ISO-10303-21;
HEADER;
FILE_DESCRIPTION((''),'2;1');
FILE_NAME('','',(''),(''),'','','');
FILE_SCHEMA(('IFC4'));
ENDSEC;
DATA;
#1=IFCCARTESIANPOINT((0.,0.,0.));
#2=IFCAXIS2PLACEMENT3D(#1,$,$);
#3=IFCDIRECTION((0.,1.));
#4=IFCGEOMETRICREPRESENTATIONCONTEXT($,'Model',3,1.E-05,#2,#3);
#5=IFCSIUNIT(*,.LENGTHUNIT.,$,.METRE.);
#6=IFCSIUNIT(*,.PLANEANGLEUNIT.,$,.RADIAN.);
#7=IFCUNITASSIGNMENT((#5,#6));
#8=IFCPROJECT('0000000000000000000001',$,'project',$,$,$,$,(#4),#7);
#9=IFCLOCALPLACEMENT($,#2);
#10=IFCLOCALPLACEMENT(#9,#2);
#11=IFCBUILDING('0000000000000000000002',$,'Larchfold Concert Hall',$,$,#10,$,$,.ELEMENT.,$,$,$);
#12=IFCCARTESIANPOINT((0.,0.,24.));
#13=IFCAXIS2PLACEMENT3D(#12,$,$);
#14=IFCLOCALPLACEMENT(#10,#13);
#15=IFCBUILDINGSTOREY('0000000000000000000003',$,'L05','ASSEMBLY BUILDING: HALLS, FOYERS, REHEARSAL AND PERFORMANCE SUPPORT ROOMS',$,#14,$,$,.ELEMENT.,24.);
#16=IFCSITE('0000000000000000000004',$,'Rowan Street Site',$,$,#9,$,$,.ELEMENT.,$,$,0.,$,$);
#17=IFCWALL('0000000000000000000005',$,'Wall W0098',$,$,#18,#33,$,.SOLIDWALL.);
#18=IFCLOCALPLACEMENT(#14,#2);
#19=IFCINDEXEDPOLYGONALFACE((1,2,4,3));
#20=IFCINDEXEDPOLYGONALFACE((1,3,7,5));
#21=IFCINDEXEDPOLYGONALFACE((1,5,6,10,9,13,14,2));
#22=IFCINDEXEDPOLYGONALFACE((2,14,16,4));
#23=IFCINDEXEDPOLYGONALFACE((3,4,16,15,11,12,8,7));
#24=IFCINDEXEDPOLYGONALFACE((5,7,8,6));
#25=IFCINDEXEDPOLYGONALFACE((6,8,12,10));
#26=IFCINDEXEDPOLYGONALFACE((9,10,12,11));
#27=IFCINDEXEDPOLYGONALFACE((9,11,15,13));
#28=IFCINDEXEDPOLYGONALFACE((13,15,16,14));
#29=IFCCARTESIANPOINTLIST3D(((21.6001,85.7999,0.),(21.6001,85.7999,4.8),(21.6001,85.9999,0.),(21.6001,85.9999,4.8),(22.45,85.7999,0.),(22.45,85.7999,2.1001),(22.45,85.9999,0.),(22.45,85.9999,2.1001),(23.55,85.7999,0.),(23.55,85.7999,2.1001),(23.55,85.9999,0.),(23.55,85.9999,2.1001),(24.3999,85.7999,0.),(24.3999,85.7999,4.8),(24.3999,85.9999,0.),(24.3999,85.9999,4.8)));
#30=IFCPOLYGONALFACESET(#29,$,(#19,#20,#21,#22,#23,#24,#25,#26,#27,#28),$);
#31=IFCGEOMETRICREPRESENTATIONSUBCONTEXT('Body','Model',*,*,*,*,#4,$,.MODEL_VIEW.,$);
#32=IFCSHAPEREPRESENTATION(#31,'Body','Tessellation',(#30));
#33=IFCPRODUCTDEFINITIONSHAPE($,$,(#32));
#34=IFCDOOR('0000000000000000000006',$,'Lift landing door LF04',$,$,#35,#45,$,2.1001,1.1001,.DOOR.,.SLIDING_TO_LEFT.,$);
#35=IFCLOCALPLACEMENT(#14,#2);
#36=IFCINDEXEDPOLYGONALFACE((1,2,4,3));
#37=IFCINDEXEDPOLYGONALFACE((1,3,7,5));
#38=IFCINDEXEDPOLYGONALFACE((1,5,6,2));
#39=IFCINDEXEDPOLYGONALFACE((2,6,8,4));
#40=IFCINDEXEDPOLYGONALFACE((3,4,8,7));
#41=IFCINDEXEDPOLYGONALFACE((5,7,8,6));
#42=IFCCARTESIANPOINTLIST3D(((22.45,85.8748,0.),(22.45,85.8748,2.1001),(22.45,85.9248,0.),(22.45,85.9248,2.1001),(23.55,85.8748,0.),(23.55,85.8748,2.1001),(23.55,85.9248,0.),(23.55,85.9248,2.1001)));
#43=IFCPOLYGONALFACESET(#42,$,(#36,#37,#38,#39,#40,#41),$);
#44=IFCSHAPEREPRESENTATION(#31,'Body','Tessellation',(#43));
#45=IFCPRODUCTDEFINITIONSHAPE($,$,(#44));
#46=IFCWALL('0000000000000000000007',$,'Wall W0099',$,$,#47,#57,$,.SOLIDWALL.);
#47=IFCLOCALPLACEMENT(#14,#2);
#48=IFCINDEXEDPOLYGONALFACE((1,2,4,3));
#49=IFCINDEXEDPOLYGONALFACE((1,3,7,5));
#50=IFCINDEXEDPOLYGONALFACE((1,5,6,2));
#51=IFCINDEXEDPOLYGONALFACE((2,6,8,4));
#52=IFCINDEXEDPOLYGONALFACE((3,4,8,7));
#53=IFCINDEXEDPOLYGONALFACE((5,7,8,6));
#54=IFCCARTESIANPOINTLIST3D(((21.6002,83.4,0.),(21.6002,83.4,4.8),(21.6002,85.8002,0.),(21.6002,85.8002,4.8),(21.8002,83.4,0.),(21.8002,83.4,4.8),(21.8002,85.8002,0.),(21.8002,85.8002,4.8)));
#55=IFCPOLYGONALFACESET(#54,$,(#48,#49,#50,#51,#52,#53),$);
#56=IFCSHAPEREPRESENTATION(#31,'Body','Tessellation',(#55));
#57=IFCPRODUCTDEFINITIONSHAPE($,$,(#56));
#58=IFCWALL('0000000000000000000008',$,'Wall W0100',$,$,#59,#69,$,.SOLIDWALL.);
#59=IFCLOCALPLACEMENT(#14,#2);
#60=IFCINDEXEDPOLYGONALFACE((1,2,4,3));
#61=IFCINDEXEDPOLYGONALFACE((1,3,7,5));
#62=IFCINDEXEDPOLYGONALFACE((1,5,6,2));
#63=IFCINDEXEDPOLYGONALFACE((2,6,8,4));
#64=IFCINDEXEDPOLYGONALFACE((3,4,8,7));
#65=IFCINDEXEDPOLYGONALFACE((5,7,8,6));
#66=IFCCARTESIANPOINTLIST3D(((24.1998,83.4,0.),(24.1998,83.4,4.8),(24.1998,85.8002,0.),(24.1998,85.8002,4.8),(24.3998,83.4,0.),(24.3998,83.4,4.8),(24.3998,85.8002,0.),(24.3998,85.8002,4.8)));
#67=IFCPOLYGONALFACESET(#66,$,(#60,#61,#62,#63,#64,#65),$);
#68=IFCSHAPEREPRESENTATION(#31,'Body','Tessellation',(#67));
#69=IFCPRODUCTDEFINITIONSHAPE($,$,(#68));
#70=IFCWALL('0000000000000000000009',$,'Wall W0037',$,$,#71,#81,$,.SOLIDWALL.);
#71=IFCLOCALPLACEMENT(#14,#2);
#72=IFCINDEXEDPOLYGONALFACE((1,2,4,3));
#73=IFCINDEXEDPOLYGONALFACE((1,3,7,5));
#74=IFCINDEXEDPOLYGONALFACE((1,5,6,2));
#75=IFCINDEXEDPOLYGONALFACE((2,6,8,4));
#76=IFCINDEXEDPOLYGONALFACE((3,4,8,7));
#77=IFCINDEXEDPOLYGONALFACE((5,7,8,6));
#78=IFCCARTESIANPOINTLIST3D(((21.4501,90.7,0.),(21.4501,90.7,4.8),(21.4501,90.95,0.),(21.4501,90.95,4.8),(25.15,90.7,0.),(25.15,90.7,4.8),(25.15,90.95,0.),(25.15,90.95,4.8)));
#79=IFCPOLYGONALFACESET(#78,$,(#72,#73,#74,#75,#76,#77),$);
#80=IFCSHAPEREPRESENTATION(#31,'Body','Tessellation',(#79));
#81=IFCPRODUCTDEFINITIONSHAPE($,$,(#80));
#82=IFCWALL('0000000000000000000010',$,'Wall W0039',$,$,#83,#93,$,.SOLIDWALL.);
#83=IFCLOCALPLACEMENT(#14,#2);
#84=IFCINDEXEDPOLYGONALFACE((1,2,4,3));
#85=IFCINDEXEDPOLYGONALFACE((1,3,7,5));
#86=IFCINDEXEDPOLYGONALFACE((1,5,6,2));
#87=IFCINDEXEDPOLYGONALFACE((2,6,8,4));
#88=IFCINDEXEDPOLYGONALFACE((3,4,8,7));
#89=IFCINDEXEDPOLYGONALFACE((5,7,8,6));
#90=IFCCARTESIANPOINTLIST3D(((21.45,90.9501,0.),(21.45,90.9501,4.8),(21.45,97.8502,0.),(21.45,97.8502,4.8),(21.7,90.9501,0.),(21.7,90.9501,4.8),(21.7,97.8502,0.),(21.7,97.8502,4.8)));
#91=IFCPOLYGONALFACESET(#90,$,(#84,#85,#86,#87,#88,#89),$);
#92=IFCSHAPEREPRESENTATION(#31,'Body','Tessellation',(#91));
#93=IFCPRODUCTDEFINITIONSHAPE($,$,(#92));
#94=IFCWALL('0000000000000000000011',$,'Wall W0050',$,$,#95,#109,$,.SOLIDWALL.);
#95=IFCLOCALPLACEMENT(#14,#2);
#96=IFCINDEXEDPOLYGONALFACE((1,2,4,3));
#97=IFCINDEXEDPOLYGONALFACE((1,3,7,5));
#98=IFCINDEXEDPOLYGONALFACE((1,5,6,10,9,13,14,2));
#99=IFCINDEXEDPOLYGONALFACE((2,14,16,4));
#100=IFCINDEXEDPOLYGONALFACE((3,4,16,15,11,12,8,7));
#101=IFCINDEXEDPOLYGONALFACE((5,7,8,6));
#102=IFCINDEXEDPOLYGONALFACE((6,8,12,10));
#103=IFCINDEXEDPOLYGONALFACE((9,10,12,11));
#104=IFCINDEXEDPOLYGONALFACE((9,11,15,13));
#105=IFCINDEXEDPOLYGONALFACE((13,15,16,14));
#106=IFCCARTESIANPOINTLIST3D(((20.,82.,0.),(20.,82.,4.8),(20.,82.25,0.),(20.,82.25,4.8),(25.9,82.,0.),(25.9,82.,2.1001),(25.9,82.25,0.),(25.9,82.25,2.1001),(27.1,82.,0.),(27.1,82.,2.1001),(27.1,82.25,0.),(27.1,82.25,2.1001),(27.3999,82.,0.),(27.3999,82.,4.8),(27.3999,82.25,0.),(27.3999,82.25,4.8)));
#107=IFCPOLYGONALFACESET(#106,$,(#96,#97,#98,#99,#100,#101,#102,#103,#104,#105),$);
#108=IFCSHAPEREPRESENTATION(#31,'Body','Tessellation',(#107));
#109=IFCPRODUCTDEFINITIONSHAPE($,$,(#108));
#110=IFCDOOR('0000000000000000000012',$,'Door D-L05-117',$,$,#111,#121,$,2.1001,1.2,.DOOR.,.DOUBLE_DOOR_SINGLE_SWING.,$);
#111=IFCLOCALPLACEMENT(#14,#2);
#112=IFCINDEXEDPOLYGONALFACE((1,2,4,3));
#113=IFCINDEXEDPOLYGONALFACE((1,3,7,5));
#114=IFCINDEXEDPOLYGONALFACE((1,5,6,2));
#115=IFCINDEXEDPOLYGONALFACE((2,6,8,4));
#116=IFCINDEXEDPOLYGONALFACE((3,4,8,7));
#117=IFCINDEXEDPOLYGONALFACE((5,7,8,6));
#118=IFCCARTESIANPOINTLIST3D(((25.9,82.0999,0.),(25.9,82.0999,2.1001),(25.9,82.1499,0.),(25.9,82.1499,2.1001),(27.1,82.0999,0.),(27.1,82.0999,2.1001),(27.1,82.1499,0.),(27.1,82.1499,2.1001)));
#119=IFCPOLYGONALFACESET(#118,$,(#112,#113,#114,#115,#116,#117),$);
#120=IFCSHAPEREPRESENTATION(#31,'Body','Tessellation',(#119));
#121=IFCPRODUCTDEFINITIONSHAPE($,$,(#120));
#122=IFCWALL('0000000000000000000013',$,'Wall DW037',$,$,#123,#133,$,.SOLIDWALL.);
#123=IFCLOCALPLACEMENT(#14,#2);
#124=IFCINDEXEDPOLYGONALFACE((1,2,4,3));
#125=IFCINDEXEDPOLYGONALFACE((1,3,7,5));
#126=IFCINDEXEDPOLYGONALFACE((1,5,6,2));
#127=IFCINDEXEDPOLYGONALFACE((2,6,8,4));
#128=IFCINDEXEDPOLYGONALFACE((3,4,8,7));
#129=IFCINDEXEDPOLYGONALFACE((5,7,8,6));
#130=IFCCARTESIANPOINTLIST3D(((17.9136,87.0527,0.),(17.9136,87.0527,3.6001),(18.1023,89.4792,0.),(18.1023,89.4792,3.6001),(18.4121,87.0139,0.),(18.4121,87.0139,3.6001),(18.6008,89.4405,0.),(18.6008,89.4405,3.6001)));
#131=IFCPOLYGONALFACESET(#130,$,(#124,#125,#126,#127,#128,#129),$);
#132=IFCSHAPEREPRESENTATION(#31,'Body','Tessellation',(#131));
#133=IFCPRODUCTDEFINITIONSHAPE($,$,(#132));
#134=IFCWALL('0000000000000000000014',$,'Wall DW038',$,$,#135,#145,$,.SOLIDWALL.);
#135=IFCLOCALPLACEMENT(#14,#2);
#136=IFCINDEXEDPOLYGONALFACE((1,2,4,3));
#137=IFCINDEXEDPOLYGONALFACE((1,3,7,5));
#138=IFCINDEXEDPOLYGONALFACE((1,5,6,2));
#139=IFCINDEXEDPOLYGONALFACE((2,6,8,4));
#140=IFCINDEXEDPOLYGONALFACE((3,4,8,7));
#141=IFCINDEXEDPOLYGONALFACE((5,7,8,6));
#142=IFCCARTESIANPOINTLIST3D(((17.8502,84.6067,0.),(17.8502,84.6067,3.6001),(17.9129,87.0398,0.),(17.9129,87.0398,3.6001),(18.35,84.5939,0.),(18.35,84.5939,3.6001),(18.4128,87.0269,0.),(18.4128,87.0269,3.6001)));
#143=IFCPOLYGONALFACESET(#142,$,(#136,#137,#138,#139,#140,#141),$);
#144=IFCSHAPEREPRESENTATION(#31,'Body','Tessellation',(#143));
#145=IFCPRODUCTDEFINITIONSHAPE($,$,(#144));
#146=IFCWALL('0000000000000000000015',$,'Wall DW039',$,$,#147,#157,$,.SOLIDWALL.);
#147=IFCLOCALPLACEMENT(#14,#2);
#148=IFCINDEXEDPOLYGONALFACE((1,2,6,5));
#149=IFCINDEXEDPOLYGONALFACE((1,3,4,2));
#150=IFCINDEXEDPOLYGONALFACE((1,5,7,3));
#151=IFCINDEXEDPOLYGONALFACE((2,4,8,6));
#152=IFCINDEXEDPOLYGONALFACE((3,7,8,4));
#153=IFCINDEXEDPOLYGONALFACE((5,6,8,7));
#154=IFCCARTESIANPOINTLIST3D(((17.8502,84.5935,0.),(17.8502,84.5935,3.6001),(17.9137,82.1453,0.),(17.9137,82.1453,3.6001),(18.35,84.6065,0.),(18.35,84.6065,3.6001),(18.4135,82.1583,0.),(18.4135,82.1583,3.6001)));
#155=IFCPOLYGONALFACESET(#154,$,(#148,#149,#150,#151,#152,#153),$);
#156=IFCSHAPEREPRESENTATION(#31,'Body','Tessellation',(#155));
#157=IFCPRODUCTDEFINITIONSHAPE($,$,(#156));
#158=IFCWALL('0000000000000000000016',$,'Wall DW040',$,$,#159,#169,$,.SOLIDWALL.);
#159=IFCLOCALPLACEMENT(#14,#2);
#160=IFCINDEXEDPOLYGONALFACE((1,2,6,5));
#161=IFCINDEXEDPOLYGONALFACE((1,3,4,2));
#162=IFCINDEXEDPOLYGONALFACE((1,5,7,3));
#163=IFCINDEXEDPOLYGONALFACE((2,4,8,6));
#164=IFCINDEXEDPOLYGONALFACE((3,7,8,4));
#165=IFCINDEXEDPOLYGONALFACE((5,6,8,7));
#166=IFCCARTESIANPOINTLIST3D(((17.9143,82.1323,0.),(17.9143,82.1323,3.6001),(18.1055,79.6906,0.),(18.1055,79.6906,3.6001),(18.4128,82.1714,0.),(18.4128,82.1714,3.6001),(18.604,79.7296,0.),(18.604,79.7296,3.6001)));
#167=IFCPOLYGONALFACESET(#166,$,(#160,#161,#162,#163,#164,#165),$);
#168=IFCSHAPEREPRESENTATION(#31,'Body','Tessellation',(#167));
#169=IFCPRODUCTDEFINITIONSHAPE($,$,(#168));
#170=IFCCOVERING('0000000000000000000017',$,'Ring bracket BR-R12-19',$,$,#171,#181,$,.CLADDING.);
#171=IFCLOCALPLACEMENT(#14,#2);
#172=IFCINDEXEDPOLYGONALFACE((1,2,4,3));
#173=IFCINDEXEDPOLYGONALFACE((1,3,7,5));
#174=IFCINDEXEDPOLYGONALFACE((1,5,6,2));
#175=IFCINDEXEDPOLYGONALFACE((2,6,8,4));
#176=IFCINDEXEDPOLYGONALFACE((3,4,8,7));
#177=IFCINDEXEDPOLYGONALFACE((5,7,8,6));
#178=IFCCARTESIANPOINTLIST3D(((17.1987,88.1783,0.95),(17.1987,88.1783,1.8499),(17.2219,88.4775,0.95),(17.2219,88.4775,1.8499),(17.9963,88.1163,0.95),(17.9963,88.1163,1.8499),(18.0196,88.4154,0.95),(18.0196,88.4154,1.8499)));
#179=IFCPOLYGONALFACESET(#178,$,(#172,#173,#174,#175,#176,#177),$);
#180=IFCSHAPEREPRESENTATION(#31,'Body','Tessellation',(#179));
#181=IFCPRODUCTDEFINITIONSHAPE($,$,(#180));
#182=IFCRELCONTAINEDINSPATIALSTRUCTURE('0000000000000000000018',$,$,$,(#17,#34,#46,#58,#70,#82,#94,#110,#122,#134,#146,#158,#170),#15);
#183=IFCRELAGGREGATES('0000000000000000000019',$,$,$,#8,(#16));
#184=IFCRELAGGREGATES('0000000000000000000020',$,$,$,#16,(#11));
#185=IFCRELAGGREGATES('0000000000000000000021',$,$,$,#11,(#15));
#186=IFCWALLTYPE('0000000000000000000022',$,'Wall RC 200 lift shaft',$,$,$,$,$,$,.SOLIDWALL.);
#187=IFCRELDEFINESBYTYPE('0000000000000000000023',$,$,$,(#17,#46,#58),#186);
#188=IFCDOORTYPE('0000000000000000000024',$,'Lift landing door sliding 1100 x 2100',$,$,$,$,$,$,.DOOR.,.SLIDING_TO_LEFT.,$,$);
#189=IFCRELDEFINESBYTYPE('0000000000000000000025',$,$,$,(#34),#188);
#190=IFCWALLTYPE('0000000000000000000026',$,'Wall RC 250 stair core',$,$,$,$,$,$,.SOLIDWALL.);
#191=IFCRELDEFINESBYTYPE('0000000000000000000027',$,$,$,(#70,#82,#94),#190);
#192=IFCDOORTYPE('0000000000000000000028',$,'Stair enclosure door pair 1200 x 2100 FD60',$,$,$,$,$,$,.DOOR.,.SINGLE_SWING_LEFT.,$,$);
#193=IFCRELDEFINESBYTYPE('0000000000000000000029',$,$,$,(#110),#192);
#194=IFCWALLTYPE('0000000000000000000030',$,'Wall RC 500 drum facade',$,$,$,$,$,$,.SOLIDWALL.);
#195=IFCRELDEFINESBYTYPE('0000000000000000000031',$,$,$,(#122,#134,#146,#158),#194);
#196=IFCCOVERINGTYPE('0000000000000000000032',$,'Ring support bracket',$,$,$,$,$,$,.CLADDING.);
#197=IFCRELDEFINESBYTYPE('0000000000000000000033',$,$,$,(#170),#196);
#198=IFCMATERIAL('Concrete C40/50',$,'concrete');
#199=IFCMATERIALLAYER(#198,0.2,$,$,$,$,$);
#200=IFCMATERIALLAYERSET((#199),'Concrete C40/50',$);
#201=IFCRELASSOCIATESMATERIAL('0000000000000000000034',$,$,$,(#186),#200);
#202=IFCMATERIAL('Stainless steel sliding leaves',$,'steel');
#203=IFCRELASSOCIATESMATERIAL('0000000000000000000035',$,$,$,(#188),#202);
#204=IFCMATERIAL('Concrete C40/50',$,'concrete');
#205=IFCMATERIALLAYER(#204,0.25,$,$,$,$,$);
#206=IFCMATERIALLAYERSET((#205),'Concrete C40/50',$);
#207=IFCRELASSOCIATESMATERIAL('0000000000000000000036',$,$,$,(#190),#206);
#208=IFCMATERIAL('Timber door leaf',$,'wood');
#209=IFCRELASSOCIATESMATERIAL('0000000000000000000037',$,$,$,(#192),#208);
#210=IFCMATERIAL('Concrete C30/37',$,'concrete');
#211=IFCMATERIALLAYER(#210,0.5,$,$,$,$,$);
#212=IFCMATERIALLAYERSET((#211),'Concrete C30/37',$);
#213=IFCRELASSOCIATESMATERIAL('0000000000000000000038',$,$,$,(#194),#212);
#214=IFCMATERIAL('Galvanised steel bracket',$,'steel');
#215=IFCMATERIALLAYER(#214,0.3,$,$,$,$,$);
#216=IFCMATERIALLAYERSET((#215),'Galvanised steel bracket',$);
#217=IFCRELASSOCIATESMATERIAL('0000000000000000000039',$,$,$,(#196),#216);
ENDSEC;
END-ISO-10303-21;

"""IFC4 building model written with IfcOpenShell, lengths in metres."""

from ifc_helpers import new_model, si_unit, direction, frame, frame_2d, origin, origin_2d, place, context, subcontext, project, spatial, rectangle, extrude, material, layer, layer_set, type_object, element, fill, save


model = new_model("IFC4")

# Units and contexts
model_context = context("Model", 3, precision=1e-05, world=origin(), true_north=direction((0.0, 1.0)))
body_context = subcontext(model_context, "Body", "Model", "MODEL_VIEW")
ifc_project = project(units=[si_unit("LENGTHUNIT", "METRE"), si_unit("PLANEANGLEUNIT", "RADIAN")], contexts=[model_context])

# Site, building, storey
site_placement = place(None, origin())
site = spatial("IfcSite", under=ifc_project, at=site_placement, Name="Rowan Street Site", CompositionType="ELEMENT", RefElevation=0.0)
building_placement = place(site_placement, origin())
building = spatial("IfcBuilding", under=site, at=building_placement, Name="Larchfold Concert Hall", CompositionType="ELEMENT")
storey_placement = place(building_placement, frame((0.0, 0.0, 24.0)))
storey = spatial("IfcBuildingStorey", under=building, at=storey_placement, Name="L05", Description="ASSEMBLY BUILDING: HALLS, FOYERS, REHEARSAL AND PERFORMANCE SUPPORT ROOMS", CompositionType="ELEMENT", Elevation=24.0)

# Shared definitions
ifc_material_1 = material(Name="Concrete C40/50", Category="concrete")
ifc_layer_1 = layer(ifc_material_1, 0.2)
ifc_layer_set_1 = layer_set([ifc_layer_1], Name="Concrete C40/50")
wall_type_1 = type_object("IfcWallType", Name="Wall RC 200 lift shaft", PredefinedType="SOLIDWALL", material=ifc_layer_set_1)

# Wall, opening, door
wall_1_placement = place(storey_placement, frame((21.6001, 85.8999, 0.0), z_axis=(0.0, 0.0, 1.0), x_axis=(1.0, 0.0, 0.0)))
wall_1 = element("IfcWall", 1, at=wall_1_placement, inside=storey, type_object=wall_type_1, Name="Wall W0098", PredefinedType="SOLIDWALL", context=body_context, shape_type="SweptSolid", body=[
    extrude(rectangle(XDim=2.7998, YDim=0.2, at=frame_2d((1.3999, 0.0))), origin(), (0.0, 0.0, 1.0), 4.8),
])
opening_1_placement = place(wall_1_placement, frame((0.8499, 0.0, 0.0)))
opening_1 = element("IfcOpeningElement", 2, at=opening_1_placement, cuts=wall_1, PredefinedType="OPENING", context=body_context, shape_type="SweptSolid", body=[
    extrude(rectangle(XDim=1.1001, YDim=2.1001, at=frame_2d((0.55, 1.05))), frame((0.0, 0.1099, 0.0), z_axis=(0.0, -1.0, 0.0), x_axis=(1.0, 0.0, 0.0)), (0.0, 0.0, 1.0), 0.22),
])
ifc_material_2 = material(Name="Stainless steel sliding leaves", Category="steel")
door_type_1 = type_object("IfcDoorType", Name="Lift landing door sliding 1100 x 2100", OperationType="SLIDING_TO_LEFT", PredefinedType="DOOR", material=ifc_material_2)
door_1_placement = place(opening_1_placement, origin())
door_1 = element("IfcDoor", 3, at=door_1_placement, inside=storey, type_object=door_type_1, Name="Lift landing door LF04", OperationType="SLIDING_TO_LEFT", OverallHeight=2.1001, OverallWidth=1.1001, PredefinedType="DOOR", context=body_context, shape_type="SweptSolid", body=[
    extrude(rectangle(XDim=1.1001, YDim=2.1001, at=frame_2d((0.55, 1.05))), frame((0.0, 0.0249, 0.0), z_axis=(0.0, -1.0, 0.0), x_axis=(1.0, 0.0, 0.0)), (0.0, 0.0, 1.0), 0.05),
])
fill(opening_1, door_1)

# Walls
for number, where, z_axis, x_axis, name in (
    (4, (21.7002, 83.3999, 0.0), (0.0, 0.0, 1.0), (0.0, 1.0, 0.0), "Wall W0099"),
    (5, (24.2998, 83.3999, 0.0), (0.0, 0.0, 1.0), (0.0, 1.0, 0.0), "Wall W0100"),
):
    element("IfcWall", number, at=place(storey_placement, frame(where, z_axis=z_axis, x_axis=x_axis)), inside=storey, type_object=wall_type_1, Name=name, PredefinedType="SOLIDWALL", context=body_context, shape_type="SweptSolid", body=[
        extrude(rectangle(XDim=2.4001, YDim=0.2, at=frame_2d((1.2002, 0.0))), origin(), (0.0, 0.0, 1.0), 4.8),
    ])
ifc_material_3 = material(Name="Concrete C40/50", Category="concrete")
ifc_layer_2 = layer(ifc_material_3, 0.25)
ifc_layer_set_2 = layer_set([ifc_layer_2], Name="Concrete C40/50")
wall_type_2 = type_object("IfcWallType", Name="Wall RC 250 stair core", PredefinedType="SOLIDWALL", material=ifc_layer_set_2)
wall_2_placement = place(storey_placement, frame((21.45, 90.825, 0.0), z_axis=(0.0, 0.0, 1.0), x_axis=(1.0, 0.0, 0.0)))
element("IfcWall", 6, at=wall_2_placement, inside=storey, type_object=wall_type_2, Name="Wall W0037", PredefinedType="SOLIDWALL", context=body_context, shape_type="SweptSolid", body=[
    extrude(rectangle(XDim=3.7, YDim=0.25, at=frame_2d((1.8501, 0.0))), origin(), (0.0, 0.0, 1.0), 4.8),
])
wall_3_placement = place(storey_placement, frame((21.575, 90.95, 0.0), z_axis=(0.0, 0.0, 1.0), x_axis=(0.0, 1.0, 0.0)))
element("IfcWall", 7, at=wall_3_placement, inside=storey, type_object=wall_type_2, Name="Wall W0039", PredefinedType="SOLIDWALL", context=body_context, shape_type="SweptSolid", body=[
    extrude(rectangle(XDim=6.9001, YDim=0.25, at=frame_2d((3.4502, 0.0))), origin(), (0.0, 0.0, 1.0), 4.8),
])

# Wall, opening, door
wall_4_placement = place(storey_placement, frame((20.0, 82.125, 0.0), z_axis=(0.0, 0.0, 1.0), x_axis=(1.0, 0.0, 0.0)))
wall_4 = element("IfcWall", 8, at=wall_4_placement, inside=storey, type_object=wall_type_2, Name="Wall W0050", PredefinedType="SOLIDWALL", context=body_context, shape_type="SweptSolid", body=[
    extrude(rectangle(XDim=7.3999, YDim=0.25, at=frame_2d((3.7, 0.0))), origin(), (0.0, 0.0, 1.0), 4.8),
])
opening_2_placement = place(wall_4_placement, frame((5.8999, 0.0, 0.0)))
opening_2 = element("IfcOpeningElement", 9, at=opening_2_placement, cuts=wall_4, PredefinedType="OPENING", context=body_context, shape_type="SweptSolid", body=[
    extrude(rectangle(XDim=1.2, YDim=2.1001, at=frame_2d((0.6001, 1.05))), frame((0.0, 0.135, 0.0), z_axis=(0.0, -1.0, 0.0), x_axis=(1.0, 0.0, 0.0)), (0.0, 0.0, 1.0), 0.27),
])
ifc_material_4 = material(Name="Timber door leaf", Category="wood")
door_type_2 = type_object("IfcDoorType", Name="Stair enclosure door pair 1200 x 2100 FD60", OperationType="SINGLE_SWING_LEFT", PredefinedType="DOOR", material=ifc_material_4)
door_2_placement = place(opening_2_placement, origin())
door_2 = element("IfcDoor", 10, at=door_2_placement, inside=storey, type_object=door_type_2, Name="Door D-L05-117", OperationType="DOUBLE_DOOR_SINGLE_SWING", OverallHeight=2.1001, OverallWidth=1.2, PredefinedType="DOOR", context=body_context, shape_type="SweptSolid", body=[
    extrude(rectangle(XDim=1.2, YDim=2.1001, at=frame_2d((0.6001, 1.05))), frame((0.0, 0.0249, 0.0), z_axis=(0.0, -1.0, 0.0), x_axis=(1.0, 0.0, 0.0)), (0.0, 0.0, 1.0), 0.05),
])
fill(opening_2, door_2)

# Walls
ifc_material_5 = material(Name="Concrete C30/37", Category="concrete")
ifc_layer_3 = layer(ifc_material_5, 0.5)
ifc_layer_set_3 = layer_set([ifc_layer_3], Name="Concrete C30/37")
wall_type_3 = type_object("IfcWallType", Name="Wall RC 500 drum facade", PredefinedType="SOLIDWALL", material=ifc_layer_set_3)
for number, where, z_axis, x_axis, name in (
    (11, (18.3516, 89.4597, 0.0), (0.0, 0.0, 1.0), (-0.07754, -0.996989, 0.0), "Wall DW037"),
    (12, (18.1628, 87.0332, 0.0), (0.0, 0.0, 1.0), (-0.025779, -0.999668, 0.0), "Wall DW038"),
):
    element("IfcWall", number, at=place(storey_placement, frame(where, z_axis=z_axis, x_axis=x_axis)), inside=storey, type_object=wall_type_3, Name=name, PredefinedType="SOLIDWALL", context=body_context, shape_type="SweptSolid", body=[
        extrude(rectangle(XDim=2.4338, YDim=0.5, at=frame_2d((1.2168, 0.0))), origin(), (0.0, 0.0, 1.0), 3.6001),
    ])
wall_5_placement = place(storey_placement, frame((18.1001, 84.6001, 0.0), z_axis=(0.0, 0.0, 1.0), x_axis=(0.025919, -0.999664, 0.0)))
element("IfcWall", 13, at=wall_5_placement, inside=storey, type_object=wall_type_3, Name="Wall DW039", PredefinedType="SOLIDWALL", context=body_context, shape_type="SweptSolid", body=[
    extrude(rectangle(XDim=2.449, YDim=0.5, at=frame_2d((1.2246, 0.0))), origin(), (0.0, 0.0, 1.0), 3.6001),
])
wall_6_placement = place(storey_placement, frame((18.1636, 82.1519, 0.0), z_axis=(0.0, 0.0, 1.0), x_axis=(0.078053, -0.996949, 0.0)))
element("IfcWall", 14, at=wall_6_placement, inside=storey, type_object=wall_type_3, Name="Wall DW040", PredefinedType="SOLIDWALL", context=body_context, shape_type="SweptSolid", body=[
    extrude(rectangle(XDim=2.4492, YDim=0.5, at=frame_2d((1.2246, 0.0))), origin(), (0.0, 0.0, 1.0), 3.6001),
])

# Covering
ifc_material_6 = material(Name="Galvanised steel bracket", Category="steel")
ifc_layer_4 = layer(ifc_material_6, 0.3)
ifc_layer_set_4 = layer_set([ifc_layer_4], Name="Galvanised steel bracket")
covering_type = type_object("IfcCoveringType", Name="Ring support bracket", PredefinedType="CLADDING", material=ifc_layer_set_4)
for number, where, z_axis, x_axis, name in (
    (15, (17.6091, 88.2969, 0.95), (0.0, 0.0, 1.0), (-0.99699, 0.077528, 0.0), "Ring bracket BR-R12-19"),
):
    element("IfcCovering", number, at=place(storey_placement, frame(where, z_axis=z_axis, x_axis=x_axis)), inside=storey, type_object=covering_type, Name=name, PredefinedType="CLADDING", context=body_context, shape_type="SweptSolid", body=[
        extrude(rectangle(XDim=0.8, YDim=0.3, at=origin_2d()), origin(), (0.0, 0.0, 1.0), 0.8999),
    ])

save(model, "model.ifc")
